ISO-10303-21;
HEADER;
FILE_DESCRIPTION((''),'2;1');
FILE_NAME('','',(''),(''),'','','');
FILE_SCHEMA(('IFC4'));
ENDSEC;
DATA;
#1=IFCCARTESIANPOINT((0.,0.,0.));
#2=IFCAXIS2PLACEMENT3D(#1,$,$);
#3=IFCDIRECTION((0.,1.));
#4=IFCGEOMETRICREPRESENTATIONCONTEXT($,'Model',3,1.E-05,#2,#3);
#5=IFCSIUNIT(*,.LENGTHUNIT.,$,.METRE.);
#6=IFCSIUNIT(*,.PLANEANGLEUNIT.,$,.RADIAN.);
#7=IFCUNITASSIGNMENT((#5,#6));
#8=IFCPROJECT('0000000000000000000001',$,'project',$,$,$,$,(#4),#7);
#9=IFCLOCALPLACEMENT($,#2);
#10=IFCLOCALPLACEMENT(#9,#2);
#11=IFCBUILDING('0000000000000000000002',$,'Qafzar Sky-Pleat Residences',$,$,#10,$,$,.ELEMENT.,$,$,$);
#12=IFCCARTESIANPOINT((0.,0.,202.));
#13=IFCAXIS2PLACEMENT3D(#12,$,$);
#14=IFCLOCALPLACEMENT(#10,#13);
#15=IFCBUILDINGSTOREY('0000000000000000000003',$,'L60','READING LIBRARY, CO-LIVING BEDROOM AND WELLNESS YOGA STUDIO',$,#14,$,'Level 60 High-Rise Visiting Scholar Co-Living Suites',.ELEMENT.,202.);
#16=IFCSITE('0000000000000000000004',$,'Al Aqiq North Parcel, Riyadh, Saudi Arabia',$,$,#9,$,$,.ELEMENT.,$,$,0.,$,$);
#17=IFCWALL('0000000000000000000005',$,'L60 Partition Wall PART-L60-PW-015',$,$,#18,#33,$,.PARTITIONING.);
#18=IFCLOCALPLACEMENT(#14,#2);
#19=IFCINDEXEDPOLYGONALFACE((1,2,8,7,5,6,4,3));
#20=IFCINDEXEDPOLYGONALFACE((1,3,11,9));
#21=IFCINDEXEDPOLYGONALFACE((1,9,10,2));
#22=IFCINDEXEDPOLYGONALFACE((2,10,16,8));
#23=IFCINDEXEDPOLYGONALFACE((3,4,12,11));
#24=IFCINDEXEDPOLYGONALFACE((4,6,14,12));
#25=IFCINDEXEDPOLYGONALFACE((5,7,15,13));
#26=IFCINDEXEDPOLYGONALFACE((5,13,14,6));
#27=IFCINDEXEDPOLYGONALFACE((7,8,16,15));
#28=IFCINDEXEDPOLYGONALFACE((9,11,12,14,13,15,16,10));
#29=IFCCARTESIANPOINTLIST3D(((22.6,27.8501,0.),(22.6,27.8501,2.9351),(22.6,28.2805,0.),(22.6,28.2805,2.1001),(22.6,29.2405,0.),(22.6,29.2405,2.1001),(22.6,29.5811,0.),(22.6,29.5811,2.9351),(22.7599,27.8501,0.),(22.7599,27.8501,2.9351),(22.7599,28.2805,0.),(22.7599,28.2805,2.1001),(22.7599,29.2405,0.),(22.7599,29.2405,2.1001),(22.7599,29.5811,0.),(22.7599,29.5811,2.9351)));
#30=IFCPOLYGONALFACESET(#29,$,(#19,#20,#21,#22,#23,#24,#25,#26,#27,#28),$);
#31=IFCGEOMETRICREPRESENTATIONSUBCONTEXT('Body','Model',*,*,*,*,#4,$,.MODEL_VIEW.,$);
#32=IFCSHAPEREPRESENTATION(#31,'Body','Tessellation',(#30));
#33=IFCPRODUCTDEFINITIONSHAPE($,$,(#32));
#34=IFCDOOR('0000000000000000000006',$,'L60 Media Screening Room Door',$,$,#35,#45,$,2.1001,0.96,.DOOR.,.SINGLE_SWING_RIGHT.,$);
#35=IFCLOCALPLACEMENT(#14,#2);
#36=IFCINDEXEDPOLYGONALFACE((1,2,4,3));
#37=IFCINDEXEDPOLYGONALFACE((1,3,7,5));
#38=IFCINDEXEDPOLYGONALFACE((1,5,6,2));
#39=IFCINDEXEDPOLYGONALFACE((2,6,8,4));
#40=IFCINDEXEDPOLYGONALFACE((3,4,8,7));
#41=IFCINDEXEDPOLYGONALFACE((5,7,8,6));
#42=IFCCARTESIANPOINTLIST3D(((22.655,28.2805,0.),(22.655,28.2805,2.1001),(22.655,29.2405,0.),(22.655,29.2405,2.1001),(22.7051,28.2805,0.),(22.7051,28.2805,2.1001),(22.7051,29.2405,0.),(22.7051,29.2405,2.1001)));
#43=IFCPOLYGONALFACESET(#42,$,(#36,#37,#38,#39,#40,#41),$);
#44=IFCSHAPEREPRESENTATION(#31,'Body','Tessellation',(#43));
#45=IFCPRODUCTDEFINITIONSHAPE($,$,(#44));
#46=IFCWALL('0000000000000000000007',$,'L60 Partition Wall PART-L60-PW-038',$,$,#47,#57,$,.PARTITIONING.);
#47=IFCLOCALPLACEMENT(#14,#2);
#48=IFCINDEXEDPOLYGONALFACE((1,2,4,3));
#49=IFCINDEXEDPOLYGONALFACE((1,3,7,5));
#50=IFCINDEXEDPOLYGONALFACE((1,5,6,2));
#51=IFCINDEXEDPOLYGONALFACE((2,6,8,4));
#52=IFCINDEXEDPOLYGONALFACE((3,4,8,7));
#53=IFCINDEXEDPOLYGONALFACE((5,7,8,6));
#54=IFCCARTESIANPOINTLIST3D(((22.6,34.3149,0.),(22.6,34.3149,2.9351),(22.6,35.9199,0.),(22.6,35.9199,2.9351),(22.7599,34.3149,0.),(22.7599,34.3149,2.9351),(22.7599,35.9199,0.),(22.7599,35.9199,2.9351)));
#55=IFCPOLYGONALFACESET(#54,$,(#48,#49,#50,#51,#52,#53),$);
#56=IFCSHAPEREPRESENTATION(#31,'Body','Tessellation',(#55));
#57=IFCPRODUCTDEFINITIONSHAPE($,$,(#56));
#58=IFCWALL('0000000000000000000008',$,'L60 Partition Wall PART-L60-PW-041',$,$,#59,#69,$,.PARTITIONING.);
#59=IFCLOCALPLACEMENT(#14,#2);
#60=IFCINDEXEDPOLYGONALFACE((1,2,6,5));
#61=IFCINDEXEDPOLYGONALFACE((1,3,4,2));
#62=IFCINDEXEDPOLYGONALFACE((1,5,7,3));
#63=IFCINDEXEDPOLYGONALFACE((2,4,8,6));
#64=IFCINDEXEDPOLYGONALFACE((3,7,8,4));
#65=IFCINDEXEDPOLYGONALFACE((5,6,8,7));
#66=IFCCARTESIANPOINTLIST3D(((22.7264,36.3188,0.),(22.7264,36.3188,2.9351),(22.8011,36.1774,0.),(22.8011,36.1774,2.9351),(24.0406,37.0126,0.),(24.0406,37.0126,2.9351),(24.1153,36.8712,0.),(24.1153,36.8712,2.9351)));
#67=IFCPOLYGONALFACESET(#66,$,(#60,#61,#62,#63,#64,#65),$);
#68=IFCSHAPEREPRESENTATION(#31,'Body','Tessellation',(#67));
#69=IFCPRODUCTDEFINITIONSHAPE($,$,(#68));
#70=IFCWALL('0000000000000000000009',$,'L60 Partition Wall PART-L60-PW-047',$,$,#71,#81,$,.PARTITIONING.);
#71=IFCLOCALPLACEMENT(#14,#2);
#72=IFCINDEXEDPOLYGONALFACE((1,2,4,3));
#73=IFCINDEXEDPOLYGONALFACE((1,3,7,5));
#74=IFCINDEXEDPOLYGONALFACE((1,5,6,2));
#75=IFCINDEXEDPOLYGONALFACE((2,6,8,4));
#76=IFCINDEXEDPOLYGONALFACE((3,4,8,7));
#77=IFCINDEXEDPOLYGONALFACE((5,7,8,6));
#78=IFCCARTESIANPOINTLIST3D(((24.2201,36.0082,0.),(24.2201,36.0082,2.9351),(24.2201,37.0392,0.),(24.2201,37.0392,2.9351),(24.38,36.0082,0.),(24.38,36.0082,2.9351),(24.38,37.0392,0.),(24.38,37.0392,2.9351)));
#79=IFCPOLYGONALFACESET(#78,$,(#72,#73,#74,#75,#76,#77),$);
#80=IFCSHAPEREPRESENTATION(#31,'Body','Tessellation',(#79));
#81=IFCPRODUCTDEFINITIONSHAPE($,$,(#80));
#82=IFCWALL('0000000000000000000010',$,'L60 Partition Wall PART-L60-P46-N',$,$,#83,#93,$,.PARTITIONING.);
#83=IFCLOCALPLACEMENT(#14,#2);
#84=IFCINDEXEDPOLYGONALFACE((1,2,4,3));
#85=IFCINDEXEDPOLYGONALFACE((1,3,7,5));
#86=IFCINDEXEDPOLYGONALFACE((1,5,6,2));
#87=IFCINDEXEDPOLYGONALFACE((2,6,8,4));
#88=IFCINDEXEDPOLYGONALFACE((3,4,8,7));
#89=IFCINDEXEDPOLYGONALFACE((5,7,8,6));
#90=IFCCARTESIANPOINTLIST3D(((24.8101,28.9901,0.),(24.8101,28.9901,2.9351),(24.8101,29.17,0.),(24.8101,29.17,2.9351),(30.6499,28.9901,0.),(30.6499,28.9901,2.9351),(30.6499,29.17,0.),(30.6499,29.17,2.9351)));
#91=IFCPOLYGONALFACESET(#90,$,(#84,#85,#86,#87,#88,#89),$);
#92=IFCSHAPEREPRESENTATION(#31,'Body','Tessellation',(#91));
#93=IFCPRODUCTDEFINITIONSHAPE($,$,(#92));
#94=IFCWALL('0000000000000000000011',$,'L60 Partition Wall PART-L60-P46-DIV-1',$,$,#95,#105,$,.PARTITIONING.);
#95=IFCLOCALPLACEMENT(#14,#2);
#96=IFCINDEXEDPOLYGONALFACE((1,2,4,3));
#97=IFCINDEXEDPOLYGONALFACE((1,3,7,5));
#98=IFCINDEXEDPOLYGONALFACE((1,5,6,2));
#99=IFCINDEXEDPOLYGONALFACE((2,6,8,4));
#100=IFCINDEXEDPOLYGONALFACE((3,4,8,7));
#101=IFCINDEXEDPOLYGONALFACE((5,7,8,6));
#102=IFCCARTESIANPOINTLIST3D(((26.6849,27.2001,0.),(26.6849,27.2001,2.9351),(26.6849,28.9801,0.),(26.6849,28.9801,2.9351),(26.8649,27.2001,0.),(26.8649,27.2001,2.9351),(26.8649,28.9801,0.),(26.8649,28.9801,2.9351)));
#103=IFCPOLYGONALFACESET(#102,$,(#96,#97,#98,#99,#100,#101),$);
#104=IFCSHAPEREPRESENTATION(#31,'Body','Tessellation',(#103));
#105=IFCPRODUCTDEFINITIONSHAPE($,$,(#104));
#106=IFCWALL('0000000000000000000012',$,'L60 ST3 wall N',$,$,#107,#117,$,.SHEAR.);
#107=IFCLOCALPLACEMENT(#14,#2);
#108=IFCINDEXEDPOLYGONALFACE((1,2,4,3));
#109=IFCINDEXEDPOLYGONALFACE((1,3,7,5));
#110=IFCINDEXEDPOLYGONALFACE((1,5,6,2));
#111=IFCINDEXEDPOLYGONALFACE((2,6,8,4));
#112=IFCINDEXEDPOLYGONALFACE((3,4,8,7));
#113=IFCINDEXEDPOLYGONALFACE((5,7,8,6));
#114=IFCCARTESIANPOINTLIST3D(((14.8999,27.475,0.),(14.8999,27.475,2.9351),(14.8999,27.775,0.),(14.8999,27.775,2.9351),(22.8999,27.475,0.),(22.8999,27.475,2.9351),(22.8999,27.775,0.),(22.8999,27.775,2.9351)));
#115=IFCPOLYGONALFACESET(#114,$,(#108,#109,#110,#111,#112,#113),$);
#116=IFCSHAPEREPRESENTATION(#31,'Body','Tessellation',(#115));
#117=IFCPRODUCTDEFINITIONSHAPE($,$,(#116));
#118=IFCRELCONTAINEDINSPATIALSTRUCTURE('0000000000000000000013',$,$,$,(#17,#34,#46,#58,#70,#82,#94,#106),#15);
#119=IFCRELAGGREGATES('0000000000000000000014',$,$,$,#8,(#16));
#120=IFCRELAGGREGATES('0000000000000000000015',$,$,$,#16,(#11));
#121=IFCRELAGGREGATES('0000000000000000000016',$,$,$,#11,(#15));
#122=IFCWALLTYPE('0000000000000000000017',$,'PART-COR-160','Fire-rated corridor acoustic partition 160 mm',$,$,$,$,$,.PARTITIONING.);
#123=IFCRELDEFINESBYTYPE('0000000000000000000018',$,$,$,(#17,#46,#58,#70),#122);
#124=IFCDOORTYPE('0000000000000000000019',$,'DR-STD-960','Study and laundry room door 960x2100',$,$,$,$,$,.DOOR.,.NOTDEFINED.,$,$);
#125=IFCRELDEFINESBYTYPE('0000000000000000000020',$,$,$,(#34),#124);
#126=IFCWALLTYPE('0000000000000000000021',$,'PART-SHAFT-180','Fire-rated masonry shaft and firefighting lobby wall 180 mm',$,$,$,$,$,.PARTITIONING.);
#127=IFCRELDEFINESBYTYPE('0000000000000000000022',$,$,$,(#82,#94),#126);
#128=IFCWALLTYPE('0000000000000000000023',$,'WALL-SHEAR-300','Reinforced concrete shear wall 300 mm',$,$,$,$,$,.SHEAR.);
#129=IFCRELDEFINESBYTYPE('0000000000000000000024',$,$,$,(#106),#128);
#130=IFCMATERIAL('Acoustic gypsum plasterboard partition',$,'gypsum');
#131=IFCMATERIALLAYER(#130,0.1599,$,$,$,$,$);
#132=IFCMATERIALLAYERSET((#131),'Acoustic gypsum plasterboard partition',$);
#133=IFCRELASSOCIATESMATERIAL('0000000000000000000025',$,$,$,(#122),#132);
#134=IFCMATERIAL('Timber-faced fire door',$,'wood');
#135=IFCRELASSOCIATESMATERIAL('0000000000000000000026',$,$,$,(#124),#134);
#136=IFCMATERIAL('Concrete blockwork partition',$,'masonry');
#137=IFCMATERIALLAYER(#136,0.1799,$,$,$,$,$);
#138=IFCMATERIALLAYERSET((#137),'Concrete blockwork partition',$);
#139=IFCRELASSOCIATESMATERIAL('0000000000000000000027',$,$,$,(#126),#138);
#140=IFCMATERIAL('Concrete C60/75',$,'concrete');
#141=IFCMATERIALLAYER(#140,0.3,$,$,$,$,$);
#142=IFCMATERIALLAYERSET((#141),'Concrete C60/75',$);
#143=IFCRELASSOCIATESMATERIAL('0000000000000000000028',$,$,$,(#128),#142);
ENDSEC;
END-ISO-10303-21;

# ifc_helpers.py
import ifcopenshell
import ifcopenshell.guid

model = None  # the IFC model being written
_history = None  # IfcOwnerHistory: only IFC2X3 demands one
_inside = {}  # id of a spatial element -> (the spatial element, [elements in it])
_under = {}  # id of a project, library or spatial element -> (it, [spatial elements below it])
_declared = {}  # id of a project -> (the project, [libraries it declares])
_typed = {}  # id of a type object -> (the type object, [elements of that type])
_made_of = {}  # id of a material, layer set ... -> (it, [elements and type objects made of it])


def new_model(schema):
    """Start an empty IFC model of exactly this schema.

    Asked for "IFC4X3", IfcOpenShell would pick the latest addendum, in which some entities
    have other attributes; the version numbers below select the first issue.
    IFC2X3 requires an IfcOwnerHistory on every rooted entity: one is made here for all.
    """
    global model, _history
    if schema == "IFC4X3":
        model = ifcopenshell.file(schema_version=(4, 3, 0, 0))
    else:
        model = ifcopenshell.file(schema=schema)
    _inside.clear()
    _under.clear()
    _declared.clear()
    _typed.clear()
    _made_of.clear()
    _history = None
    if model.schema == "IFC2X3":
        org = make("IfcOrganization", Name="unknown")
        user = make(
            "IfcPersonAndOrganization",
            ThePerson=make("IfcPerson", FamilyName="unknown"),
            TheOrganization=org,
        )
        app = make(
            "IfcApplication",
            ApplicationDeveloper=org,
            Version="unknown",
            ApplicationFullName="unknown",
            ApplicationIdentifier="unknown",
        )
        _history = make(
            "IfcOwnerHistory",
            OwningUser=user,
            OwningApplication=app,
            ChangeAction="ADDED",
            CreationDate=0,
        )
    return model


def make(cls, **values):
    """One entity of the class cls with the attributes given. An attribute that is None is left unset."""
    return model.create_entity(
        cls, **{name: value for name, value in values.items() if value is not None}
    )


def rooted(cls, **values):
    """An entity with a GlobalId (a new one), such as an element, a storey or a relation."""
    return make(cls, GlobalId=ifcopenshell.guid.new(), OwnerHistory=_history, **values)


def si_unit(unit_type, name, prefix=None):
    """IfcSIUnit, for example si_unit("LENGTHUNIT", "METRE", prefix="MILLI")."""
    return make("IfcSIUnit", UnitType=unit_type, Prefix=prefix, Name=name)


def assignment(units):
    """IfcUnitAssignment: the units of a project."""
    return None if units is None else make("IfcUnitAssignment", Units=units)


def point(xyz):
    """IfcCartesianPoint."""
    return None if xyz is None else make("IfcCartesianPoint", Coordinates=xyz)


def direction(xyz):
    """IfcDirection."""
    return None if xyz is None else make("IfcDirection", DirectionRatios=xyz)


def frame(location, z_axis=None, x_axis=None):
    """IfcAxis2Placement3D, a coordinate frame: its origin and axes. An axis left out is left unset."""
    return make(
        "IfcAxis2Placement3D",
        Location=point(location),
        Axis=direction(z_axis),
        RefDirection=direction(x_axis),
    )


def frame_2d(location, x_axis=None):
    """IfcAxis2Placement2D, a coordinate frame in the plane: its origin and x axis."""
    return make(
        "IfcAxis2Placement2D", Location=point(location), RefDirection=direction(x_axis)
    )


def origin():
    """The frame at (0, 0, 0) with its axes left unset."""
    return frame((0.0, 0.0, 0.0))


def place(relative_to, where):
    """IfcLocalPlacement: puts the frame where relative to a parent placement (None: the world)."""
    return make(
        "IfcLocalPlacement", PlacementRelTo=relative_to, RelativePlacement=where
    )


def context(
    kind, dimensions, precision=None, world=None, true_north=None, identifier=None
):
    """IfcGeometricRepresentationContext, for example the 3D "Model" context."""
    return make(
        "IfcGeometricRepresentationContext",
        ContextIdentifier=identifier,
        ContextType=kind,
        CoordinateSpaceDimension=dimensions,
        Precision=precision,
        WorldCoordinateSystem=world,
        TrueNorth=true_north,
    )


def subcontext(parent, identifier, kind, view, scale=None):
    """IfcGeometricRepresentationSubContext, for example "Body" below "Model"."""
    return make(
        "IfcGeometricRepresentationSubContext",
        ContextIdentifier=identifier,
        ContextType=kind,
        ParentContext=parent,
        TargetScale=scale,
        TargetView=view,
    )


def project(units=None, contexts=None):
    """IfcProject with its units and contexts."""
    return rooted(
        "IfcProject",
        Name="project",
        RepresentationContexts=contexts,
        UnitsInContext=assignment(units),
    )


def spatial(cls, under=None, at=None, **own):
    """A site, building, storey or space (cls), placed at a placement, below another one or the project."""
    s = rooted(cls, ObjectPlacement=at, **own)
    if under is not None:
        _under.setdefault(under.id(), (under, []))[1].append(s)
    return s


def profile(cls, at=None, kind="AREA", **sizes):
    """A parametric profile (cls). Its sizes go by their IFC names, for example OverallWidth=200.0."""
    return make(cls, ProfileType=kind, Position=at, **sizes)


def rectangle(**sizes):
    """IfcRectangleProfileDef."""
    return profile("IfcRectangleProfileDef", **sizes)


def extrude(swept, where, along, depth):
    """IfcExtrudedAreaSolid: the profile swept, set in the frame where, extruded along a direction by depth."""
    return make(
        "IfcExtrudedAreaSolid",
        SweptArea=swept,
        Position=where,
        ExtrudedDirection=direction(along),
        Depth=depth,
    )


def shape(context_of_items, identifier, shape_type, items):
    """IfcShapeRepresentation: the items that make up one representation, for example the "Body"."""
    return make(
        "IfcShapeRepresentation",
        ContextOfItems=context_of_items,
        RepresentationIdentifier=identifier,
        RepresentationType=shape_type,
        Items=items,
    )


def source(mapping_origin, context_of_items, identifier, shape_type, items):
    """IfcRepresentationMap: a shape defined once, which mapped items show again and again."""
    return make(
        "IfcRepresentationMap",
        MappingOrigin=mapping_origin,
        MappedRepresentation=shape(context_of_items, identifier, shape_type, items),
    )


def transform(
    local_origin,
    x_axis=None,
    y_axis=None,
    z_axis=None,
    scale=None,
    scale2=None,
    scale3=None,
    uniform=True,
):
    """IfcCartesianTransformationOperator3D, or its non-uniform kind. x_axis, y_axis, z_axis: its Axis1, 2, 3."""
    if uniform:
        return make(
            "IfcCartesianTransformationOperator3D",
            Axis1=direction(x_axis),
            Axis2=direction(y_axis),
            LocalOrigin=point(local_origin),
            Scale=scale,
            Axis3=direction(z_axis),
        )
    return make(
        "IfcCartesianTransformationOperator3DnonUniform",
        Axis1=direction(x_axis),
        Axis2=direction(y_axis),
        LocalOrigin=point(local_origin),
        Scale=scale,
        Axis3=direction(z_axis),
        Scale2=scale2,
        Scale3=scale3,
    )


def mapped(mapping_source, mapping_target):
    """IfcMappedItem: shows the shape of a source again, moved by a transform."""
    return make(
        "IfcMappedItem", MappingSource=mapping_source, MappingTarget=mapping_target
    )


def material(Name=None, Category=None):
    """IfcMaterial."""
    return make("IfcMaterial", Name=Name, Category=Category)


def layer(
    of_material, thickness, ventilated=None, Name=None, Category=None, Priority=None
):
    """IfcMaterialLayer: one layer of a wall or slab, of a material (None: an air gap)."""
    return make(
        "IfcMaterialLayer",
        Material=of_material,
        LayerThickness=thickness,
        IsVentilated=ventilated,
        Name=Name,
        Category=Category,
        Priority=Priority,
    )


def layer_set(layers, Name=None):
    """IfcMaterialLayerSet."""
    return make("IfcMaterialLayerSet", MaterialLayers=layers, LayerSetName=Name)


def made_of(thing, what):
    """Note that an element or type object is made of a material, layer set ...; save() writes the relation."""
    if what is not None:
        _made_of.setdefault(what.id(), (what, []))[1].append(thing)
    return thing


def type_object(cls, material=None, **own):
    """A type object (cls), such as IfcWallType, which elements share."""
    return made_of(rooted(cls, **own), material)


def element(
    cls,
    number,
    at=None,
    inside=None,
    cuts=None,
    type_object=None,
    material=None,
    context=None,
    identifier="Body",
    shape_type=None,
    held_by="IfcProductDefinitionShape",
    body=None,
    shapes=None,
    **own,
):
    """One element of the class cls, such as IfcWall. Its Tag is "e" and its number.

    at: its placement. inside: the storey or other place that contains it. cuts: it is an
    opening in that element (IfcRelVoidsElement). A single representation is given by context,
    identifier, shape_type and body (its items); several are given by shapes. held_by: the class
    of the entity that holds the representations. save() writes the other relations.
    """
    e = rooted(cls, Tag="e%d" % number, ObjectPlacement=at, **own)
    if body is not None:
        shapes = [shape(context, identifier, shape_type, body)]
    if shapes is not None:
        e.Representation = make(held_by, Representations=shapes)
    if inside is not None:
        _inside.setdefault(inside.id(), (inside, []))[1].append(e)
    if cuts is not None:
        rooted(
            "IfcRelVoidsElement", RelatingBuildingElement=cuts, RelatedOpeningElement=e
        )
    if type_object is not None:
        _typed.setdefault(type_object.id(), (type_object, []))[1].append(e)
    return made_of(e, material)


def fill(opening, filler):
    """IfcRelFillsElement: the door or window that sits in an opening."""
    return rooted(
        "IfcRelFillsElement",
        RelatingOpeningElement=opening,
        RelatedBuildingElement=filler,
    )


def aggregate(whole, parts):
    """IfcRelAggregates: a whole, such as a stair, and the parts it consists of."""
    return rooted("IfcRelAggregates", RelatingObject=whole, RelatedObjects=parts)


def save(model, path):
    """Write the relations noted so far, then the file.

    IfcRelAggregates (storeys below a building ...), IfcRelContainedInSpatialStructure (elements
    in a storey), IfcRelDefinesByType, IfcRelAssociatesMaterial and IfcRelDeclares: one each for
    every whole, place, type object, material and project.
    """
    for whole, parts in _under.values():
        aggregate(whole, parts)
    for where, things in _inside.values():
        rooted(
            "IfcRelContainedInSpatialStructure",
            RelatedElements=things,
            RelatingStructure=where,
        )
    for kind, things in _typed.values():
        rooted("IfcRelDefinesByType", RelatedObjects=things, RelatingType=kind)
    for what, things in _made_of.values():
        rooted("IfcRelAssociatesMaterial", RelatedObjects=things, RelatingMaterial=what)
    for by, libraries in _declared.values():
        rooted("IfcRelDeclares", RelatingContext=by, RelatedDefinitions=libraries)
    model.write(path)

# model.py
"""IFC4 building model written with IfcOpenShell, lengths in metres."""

from ifc_helpers import new_model, si_unit, direction, frame, frame_2d, origin, place, context, subcontext, project, spatial, rectangle, extrude, source, transform, mapped, material, layer, layer_set, type_object, element, fill, save


model = new_model("IFC4")

# Units and contexts
model_context = context("Model", 3, precision=1e-05, world=origin(), true_north=direction((0.0, 1.0)))
body_context = subcontext(model_context, "Body", "Model", "MODEL_VIEW")
ifc_project = project(units=[si_unit("LENGTHUNIT", "METRE"), si_unit("PLANEANGLEUNIT", "RADIAN")], contexts=[model_context])

# Site, building, storey
site_placement = place(None, origin())
site = spatial("IfcSite", under=ifc_project, at=site_placement, Name="Al Aqiq North Parcel, Riyadh, Saudi Arabia", CompositionType="ELEMENT", RefElevation=0.0)
building_placement = place(site_placement, origin())
building = spatial("IfcBuilding", under=site, at=building_placement, Name="Qafzar Sky-Pleat Residences", CompositionType="ELEMENT")
storey_placement = place(building_placement, frame((0.0, 0.0, 202.0)))
storey = spatial("IfcBuildingStorey", under=building, at=storey_placement, Name="L60", Description="READING LIBRARY, CO-LIVING BEDROOM AND WELLNESS YOGA STUDIO", LongName="Level 60 High-Rise Visiting Scholar Co-Living Suites", CompositionType="ELEMENT", Elevation=202.0)

# Wall, opening, door
ifc_material_1 = material(Name="Acoustic gypsum plasterboard partition", Category="gypsum")
ifc_layer_1 = layer(ifc_material_1, 0.1599)
ifc_layer_set_1 = layer_set([ifc_layer_1], Name="Acoustic gypsum plasterboard partition")
wall_type_1 = type_object("IfcWallType", Name="PART-COR-160", Description="Fire-rated corridor acoustic partition 160 mm", PredefinedType="PARTITIONING", material=ifc_layer_set_1)
ifc_material_2 = material(Name="Timber-faced fire door", Category="wood")
door_type_1 = type_object("IfcDoorType", Name="DR-STD-960", Description="Study and laundry room door 960x2100", OperationType="NOTDEFINED", PredefinedType="DOOR", material=ifc_material_2)
shared_shape_1 = source(origin(), body_context, "Body", "SweptSolid", [
    extrude(rectangle(XDim=0.96, YDim=2.1001, at=frame_2d((0.48, 1.05))), frame((0.0, 0.0249, 0.0), z_axis=(0.0, -1.0, 0.0), x_axis=(1.0, 0.0, 0.0)), (0.0, 0.0, 1.0), 0.05),
])
wall_1_placement = place(storey_placement, frame((22.6799, 27.8501, 0.0), z_axis=(0.0, 0.0, 1.0), x_axis=(0.0, 1.0, 0.0)))
wall_1 = element("IfcWall", 1, at=wall_1_placement, inside=storey, type_object=wall_type_1, Name="L60 Partition Wall PART-L60-PW-015", PredefinedType="PARTITIONING", context=body_context, shape_type="SweptSolid", body=[
    extrude(rectangle(XDim=1.731, YDim=0.1599, at=frame_2d((0.8655, 0.0))), origin(), (0.0, 0.0, 1.0), 2.9351),
])
opening_1_placement = place(wall_1_placement, frame((0.4304, 0.0, 0.0)))
opening_1 = element("IfcOpeningElement", 2, at=opening_1_placement, cuts=wall_1, PredefinedType="OPENING", context=body_context, shape_type="SweptSolid", body=[
    extrude(rectangle(XDim=0.96, YDim=2.1001, at=frame_2d((0.48, 1.05))), frame((0.0, 0.0898, 0.0), z_axis=(0.0, -1.0, 0.0), x_axis=(1.0, 0.0, 0.0)), (0.0, 0.0, 1.0), 0.1799),
])
door_1_placement = place(opening_1_placement, origin())
door_1 = element("IfcDoor", 3, at=door_1_placement, inside=storey, type_object=door_type_1, Name="L60 Media Screening Room Door", OperationType="SINGLE_SWING_RIGHT", OverallHeight=2.1001, OverallWidth=0.96, PredefinedType="DOOR", context=body_context, shape_type="MappedRepresentation", body=[
    mapped(shared_shape_1, transform((0.0, 0.0, 0.0), x_axis=(1.0, 0.0, 0.0), y_axis=(0.0, 1.0, 0.0), z_axis=(0.0, 0.0, 1.0), scale=1.0)),
])
fill(opening_1, door_1)

# Walls
wall_2_placement = place(storey_placement, frame((22.6799, 34.3149, 0.0), z_axis=(0.0, 0.0, 1.0), x_axis=(0.0, 1.0, 0.0)))
element("IfcWall", 4, at=wall_2_placement, inside=storey, type_object=wall_type_1, Name="L60 Partition Wall PART-L60-PW-038", PredefinedType="PARTITIONING", context=body_context, shape_type="SweptSolid", body=[
    extrude(rectangle(XDim=1.605, YDim=0.1599, at=frame_2d((0.8025, 0.0))), origin(), (0.0, 0.0, 1.0), 2.9351),
])
wall_3_placement = place(storey_placement, frame((22.7637, 36.248, 0.0), z_axis=(0.0, 0.0, 1.0), x_axis=(0.884319, 0.466884, 0.0)))
element("IfcWall", 5, at=wall_3_placement, inside=storey, type_object=wall_type_1, Name="L60 Partition Wall PART-L60-PW-041", PredefinedType="PARTITIONING", context=body_context, shape_type="SweptSolid", body=[
    extrude(rectangle(XDim=1.4861, YDim=0.1599, at=frame_2d((0.7432, 0.0))), origin(), (0.0, 0.0, 1.0), 2.9351),
])
wall_4_placement = place(storey_placement, frame((24.3, 36.0081, 0.0), z_axis=(0.0, 0.0, 1.0), x_axis=(0.0, 1.0, 0.0)))
element("IfcWall", 6, at=wall_4_placement, inside=storey, type_object=wall_type_1, Name="L60 Partition Wall PART-L60-PW-047", PredefinedType="PARTITIONING", context=body_context, shape_type="SweptSolid", body=[
    extrude(rectangle(XDim=1.031, YDim=0.1599, at=frame_2d((0.5156, 0.0))), origin(), (0.0, 0.0, 1.0), 2.9351),
])
ifc_material_3 = material(Name="Concrete blockwork partition", Category="masonry")
ifc_layer_2 = layer(ifc_material_3, 0.1799)
ifc_layer_set_2 = layer_set([ifc_layer_2], Name="Concrete blockwork partition")
wall_type_2 = type_object("IfcWallType", Name="PART-SHAFT-180", Description="Fire-rated masonry shaft and firefighting lobby wall 180 mm", PredefinedType="PARTITIONING", material=ifc_layer_set_2)
wall_5_placement = place(storey_placement, frame((24.8101, 29.0801, 0.0), z_axis=(0.0, 0.0, 1.0), x_axis=(1.0, 0.0, 0.0)))
element("IfcWall", 7, at=wall_5_placement, inside=storey, type_object=wall_type_2, Name="L60 Partition Wall PART-L60-P46-N", PredefinedType="PARTITIONING", context=body_context, shape_type="SweptSolid", body=[
    extrude(rectangle(XDim=5.8398, YDim=0.1799, at=frame_2d((2.9199, 0.0))), origin(), (0.0, 0.0, 1.0), 2.9351),
])

# Wall
wall_6_placement = place(storey_placement, frame((26.7749, 27.2, 0.0), z_axis=(0.0, 0.0, 1.0), x_axis=(0.0, 1.0, 0.0)))
element("IfcWall", 8, at=wall_6_placement, inside=storey, type_object=wall_type_2, Name="L60 Partition Wall PART-L60-P46-DIV-1", PredefinedType="PARTITIONING", context=body_context, shape_type="SweptSolid", body=[
    extrude(rectangle(XDim=1.78, YDim=0.1799, at=frame_2d((0.8901, 0.0))), origin(), (0.0, 0.0, 1.0), 2.9351),
])

# Shared definitions
ifc_material_4 = material(Name="Concrete C60/75", Category="concrete")
ifc_layer_3 = layer(ifc_material_4, 0.3)
ifc_layer_set_3 = layer_set([ifc_layer_3], Name="Concrete C60/75")
wall_type_3 = type_object("IfcWallType", Name="WALL-SHEAR-300", Description="Reinforced concrete shear wall 300 mm", PredefinedType="SHEAR", material=ifc_layer_set_3)

# Wall
wall_7_placement = place(storey_placement, frame((22.8999, 27.625, 0.0), z_axis=(0.0, 0.0, 1.0), x_axis=(-1.0, 0.0, 0.0)))
element("IfcWall", 9, at=wall_7_placement, inside=storey, type_object=wall_type_3, Name="L60 ST3 wall N", PredefinedType="SHEAR", context=body_context, shape_type="SweptSolid", body=[
    extrude(rectangle(XDim=8.0, YDim=0.3, at=frame_2d((4.0, 0.0))), origin(), (0.0, 0.0, 1.0), 2.9351),
])

save(model, "model.ifc")
